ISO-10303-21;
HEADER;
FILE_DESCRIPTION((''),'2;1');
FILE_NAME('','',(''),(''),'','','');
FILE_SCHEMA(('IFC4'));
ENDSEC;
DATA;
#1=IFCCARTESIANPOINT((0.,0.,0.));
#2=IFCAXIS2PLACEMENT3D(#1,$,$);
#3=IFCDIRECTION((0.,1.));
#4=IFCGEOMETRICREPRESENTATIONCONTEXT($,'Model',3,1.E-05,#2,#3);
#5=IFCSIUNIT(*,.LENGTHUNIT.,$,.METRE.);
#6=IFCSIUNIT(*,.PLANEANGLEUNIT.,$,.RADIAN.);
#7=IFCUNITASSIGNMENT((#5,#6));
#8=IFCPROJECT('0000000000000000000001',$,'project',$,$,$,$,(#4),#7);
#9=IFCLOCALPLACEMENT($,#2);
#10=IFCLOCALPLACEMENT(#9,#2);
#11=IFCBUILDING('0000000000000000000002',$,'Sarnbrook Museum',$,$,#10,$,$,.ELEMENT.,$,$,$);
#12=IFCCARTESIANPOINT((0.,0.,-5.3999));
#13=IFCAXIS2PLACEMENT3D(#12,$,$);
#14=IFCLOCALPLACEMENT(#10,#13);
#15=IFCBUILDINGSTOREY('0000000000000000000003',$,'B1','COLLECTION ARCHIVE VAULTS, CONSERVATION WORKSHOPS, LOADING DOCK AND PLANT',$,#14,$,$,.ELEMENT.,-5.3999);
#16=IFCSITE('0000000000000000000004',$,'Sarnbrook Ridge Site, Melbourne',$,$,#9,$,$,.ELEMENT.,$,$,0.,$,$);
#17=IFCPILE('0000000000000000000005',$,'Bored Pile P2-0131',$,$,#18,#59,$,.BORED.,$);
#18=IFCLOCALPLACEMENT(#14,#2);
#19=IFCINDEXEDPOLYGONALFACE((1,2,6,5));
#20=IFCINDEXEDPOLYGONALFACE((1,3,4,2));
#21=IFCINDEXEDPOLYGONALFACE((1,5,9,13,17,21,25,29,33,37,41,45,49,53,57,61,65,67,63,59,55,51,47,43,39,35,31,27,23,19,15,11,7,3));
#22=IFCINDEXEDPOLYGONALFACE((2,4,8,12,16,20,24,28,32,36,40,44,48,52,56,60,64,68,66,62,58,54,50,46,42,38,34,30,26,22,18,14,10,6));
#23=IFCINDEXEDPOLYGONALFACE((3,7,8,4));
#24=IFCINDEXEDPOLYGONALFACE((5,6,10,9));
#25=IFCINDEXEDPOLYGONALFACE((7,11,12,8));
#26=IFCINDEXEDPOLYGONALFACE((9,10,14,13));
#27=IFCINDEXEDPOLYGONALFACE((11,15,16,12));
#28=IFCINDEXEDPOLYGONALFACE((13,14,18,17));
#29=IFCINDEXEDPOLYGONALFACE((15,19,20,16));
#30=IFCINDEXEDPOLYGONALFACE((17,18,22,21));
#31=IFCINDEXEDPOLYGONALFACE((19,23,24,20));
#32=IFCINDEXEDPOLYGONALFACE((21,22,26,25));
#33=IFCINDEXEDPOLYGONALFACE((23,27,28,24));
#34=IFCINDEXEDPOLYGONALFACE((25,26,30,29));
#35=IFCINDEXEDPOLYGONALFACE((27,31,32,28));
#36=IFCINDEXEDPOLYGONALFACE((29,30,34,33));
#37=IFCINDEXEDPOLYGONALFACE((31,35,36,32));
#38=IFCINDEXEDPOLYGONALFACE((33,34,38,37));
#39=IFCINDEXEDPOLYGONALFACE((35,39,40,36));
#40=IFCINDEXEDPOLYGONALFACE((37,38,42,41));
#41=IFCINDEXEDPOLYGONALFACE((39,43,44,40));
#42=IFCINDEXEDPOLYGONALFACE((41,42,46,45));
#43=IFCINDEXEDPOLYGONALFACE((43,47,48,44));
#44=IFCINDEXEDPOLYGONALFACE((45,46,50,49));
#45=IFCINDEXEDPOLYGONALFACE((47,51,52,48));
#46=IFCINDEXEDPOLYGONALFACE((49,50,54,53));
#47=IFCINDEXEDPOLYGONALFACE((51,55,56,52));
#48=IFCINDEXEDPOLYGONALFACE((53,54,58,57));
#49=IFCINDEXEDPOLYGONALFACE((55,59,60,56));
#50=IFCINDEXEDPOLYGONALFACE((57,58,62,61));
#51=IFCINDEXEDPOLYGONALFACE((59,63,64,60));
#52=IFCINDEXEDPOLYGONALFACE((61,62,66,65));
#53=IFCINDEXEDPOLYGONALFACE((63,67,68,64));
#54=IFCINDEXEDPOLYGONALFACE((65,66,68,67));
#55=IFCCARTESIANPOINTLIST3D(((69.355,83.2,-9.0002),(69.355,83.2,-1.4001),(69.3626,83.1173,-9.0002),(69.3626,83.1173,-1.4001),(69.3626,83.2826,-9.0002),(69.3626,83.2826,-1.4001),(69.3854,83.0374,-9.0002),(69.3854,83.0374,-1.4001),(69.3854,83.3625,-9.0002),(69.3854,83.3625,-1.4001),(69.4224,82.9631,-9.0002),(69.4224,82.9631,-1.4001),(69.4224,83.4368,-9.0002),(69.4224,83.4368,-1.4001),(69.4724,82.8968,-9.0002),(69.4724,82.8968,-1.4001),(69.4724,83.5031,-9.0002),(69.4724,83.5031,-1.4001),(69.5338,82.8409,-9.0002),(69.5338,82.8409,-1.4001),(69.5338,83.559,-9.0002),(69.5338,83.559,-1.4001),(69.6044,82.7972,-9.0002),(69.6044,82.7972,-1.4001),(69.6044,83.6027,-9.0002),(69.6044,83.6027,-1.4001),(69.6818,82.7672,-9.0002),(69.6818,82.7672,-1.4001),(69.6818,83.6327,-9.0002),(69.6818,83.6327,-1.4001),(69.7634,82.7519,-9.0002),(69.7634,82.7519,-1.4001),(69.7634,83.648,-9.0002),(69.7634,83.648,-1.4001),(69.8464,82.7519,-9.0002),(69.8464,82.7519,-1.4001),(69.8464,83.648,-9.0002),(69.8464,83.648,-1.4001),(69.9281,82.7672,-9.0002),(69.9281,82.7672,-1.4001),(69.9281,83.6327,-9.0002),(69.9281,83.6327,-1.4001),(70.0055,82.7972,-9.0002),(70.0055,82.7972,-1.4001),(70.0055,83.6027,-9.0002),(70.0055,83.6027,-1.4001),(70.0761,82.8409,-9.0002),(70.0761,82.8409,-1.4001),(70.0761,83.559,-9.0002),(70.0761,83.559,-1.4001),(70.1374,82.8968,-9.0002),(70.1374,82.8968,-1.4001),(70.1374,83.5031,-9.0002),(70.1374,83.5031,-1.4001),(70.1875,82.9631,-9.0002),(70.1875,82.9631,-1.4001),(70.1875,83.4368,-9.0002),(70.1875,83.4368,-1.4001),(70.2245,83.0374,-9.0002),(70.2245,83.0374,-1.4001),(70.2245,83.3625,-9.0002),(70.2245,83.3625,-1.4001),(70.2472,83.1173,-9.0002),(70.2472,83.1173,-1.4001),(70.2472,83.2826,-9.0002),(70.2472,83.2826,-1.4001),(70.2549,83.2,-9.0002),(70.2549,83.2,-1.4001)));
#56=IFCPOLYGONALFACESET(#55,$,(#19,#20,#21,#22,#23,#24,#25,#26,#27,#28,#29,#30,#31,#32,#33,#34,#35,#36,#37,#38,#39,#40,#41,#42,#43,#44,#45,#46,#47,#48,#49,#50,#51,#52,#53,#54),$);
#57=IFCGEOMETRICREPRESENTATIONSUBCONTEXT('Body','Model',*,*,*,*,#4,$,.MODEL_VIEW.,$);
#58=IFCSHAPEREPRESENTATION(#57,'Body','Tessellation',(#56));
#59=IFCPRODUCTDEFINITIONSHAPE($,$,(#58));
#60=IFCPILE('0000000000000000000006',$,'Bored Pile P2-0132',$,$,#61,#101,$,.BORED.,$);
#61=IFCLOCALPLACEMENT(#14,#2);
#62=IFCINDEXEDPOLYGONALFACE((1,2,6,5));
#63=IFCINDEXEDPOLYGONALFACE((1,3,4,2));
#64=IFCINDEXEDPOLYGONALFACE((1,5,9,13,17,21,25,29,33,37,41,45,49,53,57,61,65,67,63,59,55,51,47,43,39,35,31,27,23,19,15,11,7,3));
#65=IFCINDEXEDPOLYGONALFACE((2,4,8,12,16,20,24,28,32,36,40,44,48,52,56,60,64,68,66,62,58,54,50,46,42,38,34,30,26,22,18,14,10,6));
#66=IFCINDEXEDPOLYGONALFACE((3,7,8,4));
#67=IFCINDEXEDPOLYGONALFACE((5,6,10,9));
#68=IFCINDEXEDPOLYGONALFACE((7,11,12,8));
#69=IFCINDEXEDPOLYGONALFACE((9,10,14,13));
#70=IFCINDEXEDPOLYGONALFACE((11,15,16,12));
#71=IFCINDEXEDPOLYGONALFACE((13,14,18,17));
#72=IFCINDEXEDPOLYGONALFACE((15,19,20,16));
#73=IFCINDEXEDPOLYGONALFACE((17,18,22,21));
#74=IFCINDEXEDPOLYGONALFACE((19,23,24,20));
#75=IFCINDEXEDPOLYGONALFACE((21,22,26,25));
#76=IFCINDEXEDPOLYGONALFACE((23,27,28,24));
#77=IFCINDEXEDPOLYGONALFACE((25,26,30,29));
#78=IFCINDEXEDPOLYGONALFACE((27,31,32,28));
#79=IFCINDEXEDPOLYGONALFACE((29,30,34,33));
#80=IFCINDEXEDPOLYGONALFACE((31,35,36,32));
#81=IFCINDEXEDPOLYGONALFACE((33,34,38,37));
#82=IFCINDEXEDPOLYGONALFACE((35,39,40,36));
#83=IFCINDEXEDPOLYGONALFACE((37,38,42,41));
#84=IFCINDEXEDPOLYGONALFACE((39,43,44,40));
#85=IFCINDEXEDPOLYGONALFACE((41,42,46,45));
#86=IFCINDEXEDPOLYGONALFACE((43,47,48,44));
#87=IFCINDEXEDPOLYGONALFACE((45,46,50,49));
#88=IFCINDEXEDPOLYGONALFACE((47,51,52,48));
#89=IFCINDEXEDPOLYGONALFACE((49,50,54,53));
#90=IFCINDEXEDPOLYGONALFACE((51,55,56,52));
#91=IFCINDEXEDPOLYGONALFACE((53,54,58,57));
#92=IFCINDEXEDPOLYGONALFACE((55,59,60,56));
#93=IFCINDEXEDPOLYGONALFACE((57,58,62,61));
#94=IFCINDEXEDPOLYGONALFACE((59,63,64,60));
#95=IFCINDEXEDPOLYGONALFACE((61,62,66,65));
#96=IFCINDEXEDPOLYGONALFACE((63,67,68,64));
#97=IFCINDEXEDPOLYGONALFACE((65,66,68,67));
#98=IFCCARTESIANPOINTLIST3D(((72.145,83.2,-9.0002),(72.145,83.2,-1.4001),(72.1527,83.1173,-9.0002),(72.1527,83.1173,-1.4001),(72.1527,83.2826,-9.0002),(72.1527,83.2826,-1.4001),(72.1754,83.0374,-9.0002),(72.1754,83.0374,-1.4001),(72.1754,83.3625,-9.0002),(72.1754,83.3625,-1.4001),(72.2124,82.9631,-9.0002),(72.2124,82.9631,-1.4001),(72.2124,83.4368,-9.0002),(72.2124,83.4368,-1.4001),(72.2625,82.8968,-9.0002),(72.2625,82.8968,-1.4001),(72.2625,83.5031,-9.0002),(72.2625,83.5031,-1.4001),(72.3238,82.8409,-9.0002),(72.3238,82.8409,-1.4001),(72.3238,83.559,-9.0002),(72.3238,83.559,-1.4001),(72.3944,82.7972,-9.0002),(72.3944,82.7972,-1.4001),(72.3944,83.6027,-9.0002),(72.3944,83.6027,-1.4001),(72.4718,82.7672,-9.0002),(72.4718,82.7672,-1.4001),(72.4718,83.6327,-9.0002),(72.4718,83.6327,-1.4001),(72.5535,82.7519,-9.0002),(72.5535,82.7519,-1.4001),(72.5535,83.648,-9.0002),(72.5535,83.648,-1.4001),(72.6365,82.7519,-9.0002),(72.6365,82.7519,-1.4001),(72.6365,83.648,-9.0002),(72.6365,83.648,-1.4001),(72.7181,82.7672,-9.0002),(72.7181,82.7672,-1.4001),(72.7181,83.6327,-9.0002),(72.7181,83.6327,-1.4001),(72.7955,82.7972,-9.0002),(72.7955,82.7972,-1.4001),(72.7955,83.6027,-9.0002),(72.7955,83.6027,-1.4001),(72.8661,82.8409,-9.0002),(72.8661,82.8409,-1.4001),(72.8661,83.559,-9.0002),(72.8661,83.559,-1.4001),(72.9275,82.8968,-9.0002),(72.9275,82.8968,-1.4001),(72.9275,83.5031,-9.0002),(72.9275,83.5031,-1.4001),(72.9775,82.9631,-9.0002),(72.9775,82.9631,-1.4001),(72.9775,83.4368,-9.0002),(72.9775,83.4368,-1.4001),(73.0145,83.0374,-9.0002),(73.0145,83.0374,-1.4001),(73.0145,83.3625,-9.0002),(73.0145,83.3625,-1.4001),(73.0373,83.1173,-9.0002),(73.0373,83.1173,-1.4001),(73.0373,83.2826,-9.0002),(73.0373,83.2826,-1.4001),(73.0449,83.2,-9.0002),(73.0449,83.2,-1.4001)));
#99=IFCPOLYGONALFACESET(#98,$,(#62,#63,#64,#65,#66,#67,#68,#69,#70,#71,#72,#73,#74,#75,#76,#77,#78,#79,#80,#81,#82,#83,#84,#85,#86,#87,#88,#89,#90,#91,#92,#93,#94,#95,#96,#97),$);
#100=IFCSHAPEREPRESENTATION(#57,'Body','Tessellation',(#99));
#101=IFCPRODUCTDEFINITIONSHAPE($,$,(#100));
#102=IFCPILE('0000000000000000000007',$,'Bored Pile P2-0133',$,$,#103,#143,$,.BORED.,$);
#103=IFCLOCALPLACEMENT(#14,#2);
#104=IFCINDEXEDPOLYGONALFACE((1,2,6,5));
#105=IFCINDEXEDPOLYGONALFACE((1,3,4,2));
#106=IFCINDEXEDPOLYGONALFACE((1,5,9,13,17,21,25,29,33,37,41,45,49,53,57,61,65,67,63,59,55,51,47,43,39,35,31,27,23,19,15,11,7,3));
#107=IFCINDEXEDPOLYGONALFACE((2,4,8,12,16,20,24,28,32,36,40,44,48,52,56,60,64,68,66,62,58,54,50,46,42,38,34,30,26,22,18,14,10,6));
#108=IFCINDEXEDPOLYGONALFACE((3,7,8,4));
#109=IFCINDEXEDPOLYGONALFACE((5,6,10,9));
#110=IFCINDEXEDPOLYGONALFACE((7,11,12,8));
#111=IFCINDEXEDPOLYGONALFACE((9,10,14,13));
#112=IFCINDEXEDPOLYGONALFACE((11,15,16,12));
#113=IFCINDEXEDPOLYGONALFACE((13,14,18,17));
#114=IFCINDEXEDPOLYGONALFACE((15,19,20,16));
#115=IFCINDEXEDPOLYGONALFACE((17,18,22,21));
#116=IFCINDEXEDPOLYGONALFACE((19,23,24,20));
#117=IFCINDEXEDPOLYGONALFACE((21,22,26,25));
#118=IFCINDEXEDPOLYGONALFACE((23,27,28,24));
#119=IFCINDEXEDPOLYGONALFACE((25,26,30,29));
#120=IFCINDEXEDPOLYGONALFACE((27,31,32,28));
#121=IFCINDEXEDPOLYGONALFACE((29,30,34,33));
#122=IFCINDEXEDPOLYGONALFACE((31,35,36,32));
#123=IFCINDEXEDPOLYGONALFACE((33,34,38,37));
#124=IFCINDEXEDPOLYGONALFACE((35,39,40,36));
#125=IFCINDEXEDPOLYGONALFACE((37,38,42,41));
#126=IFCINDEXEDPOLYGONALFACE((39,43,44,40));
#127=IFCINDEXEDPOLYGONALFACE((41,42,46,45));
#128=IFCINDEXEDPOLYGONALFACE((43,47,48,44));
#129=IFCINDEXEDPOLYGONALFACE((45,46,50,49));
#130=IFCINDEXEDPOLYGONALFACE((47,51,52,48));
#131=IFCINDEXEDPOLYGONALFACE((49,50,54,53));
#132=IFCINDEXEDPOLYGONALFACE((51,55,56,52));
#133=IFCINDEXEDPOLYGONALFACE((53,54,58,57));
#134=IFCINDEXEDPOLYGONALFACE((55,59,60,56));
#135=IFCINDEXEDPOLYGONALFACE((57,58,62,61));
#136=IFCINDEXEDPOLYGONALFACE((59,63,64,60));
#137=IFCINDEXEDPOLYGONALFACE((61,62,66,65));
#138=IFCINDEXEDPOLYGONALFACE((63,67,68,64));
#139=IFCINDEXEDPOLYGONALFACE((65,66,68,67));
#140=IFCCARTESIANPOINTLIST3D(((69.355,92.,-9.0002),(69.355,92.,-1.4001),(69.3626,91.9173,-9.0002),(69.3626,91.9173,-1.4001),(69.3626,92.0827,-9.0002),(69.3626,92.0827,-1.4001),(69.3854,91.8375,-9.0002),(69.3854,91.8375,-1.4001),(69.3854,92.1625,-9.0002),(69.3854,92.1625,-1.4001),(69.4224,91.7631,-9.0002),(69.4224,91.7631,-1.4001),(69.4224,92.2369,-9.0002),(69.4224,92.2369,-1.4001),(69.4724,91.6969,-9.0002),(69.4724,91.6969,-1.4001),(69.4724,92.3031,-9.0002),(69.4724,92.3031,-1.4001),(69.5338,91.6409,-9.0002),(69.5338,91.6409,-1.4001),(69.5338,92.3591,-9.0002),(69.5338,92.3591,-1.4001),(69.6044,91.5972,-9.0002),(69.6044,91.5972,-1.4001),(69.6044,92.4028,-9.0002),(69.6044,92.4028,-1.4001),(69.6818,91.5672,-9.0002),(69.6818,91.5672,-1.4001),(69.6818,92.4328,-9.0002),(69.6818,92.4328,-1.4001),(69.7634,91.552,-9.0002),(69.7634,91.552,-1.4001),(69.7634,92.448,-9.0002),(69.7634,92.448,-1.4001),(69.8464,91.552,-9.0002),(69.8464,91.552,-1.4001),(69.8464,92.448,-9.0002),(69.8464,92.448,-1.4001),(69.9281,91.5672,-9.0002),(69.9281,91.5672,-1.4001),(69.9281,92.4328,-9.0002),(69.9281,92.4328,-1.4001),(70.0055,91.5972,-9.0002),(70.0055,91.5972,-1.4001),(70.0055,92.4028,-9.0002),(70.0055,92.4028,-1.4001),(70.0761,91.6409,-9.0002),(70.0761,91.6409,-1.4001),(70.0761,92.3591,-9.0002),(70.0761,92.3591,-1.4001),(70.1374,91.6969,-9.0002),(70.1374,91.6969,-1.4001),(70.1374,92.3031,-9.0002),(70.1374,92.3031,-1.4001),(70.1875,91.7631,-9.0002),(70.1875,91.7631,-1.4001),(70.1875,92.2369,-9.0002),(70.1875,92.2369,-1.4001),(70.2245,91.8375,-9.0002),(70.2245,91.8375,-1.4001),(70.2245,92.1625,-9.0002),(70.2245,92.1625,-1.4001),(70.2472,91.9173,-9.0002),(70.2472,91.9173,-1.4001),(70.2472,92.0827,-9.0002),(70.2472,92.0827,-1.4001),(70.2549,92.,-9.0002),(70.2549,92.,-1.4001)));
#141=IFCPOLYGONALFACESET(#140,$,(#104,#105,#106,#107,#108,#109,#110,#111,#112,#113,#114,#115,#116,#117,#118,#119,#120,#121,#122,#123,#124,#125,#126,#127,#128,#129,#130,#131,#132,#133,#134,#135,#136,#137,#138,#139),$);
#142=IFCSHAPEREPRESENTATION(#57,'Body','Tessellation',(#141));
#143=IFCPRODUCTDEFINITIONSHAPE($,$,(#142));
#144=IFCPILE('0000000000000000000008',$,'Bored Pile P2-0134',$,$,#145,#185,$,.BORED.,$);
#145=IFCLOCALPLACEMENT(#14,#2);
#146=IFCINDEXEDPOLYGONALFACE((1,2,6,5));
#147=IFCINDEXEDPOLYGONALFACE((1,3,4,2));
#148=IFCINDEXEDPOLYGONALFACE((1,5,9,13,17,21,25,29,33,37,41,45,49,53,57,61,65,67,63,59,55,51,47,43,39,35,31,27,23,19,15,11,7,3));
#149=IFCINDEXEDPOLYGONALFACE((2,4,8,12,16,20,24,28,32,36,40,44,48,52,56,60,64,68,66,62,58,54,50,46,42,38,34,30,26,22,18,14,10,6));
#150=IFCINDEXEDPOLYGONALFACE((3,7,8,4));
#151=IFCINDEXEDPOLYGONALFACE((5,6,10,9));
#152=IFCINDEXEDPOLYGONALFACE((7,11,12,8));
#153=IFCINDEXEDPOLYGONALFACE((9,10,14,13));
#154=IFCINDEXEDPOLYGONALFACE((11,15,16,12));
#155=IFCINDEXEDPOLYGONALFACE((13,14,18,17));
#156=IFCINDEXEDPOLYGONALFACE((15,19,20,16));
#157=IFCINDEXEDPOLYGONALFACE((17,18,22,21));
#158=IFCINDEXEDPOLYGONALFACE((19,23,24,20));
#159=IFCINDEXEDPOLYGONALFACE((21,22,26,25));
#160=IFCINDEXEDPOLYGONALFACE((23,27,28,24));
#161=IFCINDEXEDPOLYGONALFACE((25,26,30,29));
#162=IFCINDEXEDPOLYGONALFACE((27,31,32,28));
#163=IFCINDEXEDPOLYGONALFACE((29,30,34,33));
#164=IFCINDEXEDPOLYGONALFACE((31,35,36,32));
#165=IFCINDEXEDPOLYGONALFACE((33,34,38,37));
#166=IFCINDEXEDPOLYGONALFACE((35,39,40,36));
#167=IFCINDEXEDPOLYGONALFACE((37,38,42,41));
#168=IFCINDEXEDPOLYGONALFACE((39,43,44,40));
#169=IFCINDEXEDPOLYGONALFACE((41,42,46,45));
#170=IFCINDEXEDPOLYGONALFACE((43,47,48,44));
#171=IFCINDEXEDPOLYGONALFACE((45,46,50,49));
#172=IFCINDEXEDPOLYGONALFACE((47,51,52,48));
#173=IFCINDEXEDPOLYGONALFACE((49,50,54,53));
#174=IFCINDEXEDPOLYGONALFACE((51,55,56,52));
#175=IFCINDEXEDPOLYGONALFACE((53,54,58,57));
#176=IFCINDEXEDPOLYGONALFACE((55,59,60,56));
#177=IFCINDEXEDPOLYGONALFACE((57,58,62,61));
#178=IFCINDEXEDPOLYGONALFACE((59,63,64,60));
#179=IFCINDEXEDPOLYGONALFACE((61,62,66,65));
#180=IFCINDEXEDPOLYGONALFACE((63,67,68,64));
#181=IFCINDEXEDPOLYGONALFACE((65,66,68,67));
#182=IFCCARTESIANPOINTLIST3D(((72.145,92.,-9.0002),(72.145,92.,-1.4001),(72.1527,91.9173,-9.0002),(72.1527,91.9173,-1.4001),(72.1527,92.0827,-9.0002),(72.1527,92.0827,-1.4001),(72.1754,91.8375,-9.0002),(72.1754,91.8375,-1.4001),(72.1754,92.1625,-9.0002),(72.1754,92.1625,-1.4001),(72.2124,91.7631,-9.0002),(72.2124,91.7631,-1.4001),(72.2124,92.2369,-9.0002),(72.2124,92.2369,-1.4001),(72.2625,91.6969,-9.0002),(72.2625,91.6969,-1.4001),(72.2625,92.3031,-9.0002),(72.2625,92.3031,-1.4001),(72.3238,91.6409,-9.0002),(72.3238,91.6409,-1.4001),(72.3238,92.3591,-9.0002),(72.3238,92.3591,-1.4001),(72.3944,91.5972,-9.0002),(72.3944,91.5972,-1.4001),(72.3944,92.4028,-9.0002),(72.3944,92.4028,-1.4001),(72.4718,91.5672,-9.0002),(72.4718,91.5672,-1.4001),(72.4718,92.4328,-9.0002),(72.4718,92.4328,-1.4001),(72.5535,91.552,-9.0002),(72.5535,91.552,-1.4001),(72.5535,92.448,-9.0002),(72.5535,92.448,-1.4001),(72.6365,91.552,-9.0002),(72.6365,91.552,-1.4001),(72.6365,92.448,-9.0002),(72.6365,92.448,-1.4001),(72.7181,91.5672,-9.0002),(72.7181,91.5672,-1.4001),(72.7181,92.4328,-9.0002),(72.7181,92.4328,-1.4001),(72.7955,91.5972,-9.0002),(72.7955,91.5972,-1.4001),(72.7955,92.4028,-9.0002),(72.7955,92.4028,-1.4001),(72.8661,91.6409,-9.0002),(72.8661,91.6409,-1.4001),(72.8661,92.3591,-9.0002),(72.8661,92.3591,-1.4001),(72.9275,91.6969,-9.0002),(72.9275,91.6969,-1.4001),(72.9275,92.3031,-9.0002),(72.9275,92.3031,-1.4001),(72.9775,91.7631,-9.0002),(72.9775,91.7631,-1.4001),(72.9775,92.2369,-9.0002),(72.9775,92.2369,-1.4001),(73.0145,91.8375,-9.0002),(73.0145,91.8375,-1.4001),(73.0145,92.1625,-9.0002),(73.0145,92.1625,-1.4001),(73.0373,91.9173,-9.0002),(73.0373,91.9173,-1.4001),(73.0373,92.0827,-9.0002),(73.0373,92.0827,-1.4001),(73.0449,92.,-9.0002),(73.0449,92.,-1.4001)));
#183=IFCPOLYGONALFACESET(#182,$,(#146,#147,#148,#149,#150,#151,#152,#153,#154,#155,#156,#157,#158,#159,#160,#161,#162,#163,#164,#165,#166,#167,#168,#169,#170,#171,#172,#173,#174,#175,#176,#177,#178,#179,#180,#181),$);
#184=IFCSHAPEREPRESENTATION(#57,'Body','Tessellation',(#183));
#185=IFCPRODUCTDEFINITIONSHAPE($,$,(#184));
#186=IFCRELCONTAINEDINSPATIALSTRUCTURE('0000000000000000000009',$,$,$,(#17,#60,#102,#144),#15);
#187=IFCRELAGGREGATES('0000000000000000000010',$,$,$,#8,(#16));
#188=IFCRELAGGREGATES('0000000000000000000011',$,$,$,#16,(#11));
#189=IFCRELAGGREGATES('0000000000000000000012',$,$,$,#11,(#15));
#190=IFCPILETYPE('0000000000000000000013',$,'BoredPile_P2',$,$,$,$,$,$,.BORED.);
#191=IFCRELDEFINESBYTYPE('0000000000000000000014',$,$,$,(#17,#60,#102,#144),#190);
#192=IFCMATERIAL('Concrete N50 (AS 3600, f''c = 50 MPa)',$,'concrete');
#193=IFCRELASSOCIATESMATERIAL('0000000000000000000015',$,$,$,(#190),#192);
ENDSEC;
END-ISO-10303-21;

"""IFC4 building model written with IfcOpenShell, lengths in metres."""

from ifc_helpers import new_model, si_unit, direction, frame, origin, origin_2d, place, context, subcontext, project, spatial, circle, extrude, material, material_profile, profile_set, type_object, element, save


model = new_model("IFC4")

# Units and contexts
model_context = context("Model", 3, precision=1e-05, world=origin(), true_north=direction((0.0, 1.0)))
body_context = subcontext(model_context, "Body", "Model", "MODEL_VIEW")
ifc_project = project(units=[si_unit("LENGTHUNIT", "METRE"), si_unit("PLANEANGLEUNIT", "RADIAN")], contexts=[model_context])

# Site, building, storey
site_placement = place(None, origin())
site = spatial("IfcSite", under=ifc_project, at=site_placement, Name="Sarnbrook Ridge Site, Melbourne", CompositionType="ELEMENT", RefElevation=0.0)
building_placement = place(site_placement, origin())
building = spatial("IfcBuilding", under=site, at=building_placement, Name="Sarnbrook Museum", CompositionType="ELEMENT")
storey_placement = place(building_placement, frame((0.0, 0.0, -5.3999)))
storey = spatial("IfcBuildingStorey", under=building, at=storey_placement, Name="B1", Description="COLLECTION ARCHIVE VAULTS, CONSERVATION WORKSHOPS, LOADING DOCK AND PLANT", CompositionType="ELEMENT", Elevation=-5.3999)

# Piles
ifc_material_1 = material(Name="Concrete N50 (AS 3600, f'c = 50 MPa)", Category="concrete")
ifc_material_profile_1 = material_profile(ifc_material_1, circle(Radius=0.45, at=origin_2d()), Name="BORED PILE D900")
ifc_profile_set_1 = profile_set([ifc_material_profile_1], Name="Concrete N50 (AS 3600, f'c = 50 MPa)")
pile_type_1 = type_object("IfcPileType", Name="BoredPile_P2", PredefinedType="BORED", material=ifc_profile_set_1)
for number, where, z_axis, x_axis, name in (
    (1, (69.8049, 83.2, -1.4001), (0.0, 0.0, -1.0), (1.0, 0.0, 0.0), "Bored Pile P2-0131"),
    (2, (72.595, 83.2, -1.4001), (0.0, 0.0, -1.0), (1.0, 0.0, 0.0), "Bored Pile P2-0132"),
    (3, (69.8049, 92.0, -1.4001), (0.0, 0.0, -1.0), (1.0, 0.0, 0.0), "Bored Pile P2-0133"),
    (4, (72.595, 92.0, -1.4001), (0.0, 0.0, -1.0), (1.0, 0.0, 0.0), "Bored Pile P2-0134"),
):
    element("IfcPile", number, at=place(storey_placement, frame(where, z_axis=z_axis, x_axis=x_axis)), inside=storey, type_object=pile_type_1, Name=name, PredefinedType="BORED", context=body_context, shape_type="SweptSolid", body=[
        extrude(circle(Radius=0.45, at=origin_2d()), origin(), (0.0, 0.0, 1.0), 7.6001),
    ])

save(model, "model.ifc")
